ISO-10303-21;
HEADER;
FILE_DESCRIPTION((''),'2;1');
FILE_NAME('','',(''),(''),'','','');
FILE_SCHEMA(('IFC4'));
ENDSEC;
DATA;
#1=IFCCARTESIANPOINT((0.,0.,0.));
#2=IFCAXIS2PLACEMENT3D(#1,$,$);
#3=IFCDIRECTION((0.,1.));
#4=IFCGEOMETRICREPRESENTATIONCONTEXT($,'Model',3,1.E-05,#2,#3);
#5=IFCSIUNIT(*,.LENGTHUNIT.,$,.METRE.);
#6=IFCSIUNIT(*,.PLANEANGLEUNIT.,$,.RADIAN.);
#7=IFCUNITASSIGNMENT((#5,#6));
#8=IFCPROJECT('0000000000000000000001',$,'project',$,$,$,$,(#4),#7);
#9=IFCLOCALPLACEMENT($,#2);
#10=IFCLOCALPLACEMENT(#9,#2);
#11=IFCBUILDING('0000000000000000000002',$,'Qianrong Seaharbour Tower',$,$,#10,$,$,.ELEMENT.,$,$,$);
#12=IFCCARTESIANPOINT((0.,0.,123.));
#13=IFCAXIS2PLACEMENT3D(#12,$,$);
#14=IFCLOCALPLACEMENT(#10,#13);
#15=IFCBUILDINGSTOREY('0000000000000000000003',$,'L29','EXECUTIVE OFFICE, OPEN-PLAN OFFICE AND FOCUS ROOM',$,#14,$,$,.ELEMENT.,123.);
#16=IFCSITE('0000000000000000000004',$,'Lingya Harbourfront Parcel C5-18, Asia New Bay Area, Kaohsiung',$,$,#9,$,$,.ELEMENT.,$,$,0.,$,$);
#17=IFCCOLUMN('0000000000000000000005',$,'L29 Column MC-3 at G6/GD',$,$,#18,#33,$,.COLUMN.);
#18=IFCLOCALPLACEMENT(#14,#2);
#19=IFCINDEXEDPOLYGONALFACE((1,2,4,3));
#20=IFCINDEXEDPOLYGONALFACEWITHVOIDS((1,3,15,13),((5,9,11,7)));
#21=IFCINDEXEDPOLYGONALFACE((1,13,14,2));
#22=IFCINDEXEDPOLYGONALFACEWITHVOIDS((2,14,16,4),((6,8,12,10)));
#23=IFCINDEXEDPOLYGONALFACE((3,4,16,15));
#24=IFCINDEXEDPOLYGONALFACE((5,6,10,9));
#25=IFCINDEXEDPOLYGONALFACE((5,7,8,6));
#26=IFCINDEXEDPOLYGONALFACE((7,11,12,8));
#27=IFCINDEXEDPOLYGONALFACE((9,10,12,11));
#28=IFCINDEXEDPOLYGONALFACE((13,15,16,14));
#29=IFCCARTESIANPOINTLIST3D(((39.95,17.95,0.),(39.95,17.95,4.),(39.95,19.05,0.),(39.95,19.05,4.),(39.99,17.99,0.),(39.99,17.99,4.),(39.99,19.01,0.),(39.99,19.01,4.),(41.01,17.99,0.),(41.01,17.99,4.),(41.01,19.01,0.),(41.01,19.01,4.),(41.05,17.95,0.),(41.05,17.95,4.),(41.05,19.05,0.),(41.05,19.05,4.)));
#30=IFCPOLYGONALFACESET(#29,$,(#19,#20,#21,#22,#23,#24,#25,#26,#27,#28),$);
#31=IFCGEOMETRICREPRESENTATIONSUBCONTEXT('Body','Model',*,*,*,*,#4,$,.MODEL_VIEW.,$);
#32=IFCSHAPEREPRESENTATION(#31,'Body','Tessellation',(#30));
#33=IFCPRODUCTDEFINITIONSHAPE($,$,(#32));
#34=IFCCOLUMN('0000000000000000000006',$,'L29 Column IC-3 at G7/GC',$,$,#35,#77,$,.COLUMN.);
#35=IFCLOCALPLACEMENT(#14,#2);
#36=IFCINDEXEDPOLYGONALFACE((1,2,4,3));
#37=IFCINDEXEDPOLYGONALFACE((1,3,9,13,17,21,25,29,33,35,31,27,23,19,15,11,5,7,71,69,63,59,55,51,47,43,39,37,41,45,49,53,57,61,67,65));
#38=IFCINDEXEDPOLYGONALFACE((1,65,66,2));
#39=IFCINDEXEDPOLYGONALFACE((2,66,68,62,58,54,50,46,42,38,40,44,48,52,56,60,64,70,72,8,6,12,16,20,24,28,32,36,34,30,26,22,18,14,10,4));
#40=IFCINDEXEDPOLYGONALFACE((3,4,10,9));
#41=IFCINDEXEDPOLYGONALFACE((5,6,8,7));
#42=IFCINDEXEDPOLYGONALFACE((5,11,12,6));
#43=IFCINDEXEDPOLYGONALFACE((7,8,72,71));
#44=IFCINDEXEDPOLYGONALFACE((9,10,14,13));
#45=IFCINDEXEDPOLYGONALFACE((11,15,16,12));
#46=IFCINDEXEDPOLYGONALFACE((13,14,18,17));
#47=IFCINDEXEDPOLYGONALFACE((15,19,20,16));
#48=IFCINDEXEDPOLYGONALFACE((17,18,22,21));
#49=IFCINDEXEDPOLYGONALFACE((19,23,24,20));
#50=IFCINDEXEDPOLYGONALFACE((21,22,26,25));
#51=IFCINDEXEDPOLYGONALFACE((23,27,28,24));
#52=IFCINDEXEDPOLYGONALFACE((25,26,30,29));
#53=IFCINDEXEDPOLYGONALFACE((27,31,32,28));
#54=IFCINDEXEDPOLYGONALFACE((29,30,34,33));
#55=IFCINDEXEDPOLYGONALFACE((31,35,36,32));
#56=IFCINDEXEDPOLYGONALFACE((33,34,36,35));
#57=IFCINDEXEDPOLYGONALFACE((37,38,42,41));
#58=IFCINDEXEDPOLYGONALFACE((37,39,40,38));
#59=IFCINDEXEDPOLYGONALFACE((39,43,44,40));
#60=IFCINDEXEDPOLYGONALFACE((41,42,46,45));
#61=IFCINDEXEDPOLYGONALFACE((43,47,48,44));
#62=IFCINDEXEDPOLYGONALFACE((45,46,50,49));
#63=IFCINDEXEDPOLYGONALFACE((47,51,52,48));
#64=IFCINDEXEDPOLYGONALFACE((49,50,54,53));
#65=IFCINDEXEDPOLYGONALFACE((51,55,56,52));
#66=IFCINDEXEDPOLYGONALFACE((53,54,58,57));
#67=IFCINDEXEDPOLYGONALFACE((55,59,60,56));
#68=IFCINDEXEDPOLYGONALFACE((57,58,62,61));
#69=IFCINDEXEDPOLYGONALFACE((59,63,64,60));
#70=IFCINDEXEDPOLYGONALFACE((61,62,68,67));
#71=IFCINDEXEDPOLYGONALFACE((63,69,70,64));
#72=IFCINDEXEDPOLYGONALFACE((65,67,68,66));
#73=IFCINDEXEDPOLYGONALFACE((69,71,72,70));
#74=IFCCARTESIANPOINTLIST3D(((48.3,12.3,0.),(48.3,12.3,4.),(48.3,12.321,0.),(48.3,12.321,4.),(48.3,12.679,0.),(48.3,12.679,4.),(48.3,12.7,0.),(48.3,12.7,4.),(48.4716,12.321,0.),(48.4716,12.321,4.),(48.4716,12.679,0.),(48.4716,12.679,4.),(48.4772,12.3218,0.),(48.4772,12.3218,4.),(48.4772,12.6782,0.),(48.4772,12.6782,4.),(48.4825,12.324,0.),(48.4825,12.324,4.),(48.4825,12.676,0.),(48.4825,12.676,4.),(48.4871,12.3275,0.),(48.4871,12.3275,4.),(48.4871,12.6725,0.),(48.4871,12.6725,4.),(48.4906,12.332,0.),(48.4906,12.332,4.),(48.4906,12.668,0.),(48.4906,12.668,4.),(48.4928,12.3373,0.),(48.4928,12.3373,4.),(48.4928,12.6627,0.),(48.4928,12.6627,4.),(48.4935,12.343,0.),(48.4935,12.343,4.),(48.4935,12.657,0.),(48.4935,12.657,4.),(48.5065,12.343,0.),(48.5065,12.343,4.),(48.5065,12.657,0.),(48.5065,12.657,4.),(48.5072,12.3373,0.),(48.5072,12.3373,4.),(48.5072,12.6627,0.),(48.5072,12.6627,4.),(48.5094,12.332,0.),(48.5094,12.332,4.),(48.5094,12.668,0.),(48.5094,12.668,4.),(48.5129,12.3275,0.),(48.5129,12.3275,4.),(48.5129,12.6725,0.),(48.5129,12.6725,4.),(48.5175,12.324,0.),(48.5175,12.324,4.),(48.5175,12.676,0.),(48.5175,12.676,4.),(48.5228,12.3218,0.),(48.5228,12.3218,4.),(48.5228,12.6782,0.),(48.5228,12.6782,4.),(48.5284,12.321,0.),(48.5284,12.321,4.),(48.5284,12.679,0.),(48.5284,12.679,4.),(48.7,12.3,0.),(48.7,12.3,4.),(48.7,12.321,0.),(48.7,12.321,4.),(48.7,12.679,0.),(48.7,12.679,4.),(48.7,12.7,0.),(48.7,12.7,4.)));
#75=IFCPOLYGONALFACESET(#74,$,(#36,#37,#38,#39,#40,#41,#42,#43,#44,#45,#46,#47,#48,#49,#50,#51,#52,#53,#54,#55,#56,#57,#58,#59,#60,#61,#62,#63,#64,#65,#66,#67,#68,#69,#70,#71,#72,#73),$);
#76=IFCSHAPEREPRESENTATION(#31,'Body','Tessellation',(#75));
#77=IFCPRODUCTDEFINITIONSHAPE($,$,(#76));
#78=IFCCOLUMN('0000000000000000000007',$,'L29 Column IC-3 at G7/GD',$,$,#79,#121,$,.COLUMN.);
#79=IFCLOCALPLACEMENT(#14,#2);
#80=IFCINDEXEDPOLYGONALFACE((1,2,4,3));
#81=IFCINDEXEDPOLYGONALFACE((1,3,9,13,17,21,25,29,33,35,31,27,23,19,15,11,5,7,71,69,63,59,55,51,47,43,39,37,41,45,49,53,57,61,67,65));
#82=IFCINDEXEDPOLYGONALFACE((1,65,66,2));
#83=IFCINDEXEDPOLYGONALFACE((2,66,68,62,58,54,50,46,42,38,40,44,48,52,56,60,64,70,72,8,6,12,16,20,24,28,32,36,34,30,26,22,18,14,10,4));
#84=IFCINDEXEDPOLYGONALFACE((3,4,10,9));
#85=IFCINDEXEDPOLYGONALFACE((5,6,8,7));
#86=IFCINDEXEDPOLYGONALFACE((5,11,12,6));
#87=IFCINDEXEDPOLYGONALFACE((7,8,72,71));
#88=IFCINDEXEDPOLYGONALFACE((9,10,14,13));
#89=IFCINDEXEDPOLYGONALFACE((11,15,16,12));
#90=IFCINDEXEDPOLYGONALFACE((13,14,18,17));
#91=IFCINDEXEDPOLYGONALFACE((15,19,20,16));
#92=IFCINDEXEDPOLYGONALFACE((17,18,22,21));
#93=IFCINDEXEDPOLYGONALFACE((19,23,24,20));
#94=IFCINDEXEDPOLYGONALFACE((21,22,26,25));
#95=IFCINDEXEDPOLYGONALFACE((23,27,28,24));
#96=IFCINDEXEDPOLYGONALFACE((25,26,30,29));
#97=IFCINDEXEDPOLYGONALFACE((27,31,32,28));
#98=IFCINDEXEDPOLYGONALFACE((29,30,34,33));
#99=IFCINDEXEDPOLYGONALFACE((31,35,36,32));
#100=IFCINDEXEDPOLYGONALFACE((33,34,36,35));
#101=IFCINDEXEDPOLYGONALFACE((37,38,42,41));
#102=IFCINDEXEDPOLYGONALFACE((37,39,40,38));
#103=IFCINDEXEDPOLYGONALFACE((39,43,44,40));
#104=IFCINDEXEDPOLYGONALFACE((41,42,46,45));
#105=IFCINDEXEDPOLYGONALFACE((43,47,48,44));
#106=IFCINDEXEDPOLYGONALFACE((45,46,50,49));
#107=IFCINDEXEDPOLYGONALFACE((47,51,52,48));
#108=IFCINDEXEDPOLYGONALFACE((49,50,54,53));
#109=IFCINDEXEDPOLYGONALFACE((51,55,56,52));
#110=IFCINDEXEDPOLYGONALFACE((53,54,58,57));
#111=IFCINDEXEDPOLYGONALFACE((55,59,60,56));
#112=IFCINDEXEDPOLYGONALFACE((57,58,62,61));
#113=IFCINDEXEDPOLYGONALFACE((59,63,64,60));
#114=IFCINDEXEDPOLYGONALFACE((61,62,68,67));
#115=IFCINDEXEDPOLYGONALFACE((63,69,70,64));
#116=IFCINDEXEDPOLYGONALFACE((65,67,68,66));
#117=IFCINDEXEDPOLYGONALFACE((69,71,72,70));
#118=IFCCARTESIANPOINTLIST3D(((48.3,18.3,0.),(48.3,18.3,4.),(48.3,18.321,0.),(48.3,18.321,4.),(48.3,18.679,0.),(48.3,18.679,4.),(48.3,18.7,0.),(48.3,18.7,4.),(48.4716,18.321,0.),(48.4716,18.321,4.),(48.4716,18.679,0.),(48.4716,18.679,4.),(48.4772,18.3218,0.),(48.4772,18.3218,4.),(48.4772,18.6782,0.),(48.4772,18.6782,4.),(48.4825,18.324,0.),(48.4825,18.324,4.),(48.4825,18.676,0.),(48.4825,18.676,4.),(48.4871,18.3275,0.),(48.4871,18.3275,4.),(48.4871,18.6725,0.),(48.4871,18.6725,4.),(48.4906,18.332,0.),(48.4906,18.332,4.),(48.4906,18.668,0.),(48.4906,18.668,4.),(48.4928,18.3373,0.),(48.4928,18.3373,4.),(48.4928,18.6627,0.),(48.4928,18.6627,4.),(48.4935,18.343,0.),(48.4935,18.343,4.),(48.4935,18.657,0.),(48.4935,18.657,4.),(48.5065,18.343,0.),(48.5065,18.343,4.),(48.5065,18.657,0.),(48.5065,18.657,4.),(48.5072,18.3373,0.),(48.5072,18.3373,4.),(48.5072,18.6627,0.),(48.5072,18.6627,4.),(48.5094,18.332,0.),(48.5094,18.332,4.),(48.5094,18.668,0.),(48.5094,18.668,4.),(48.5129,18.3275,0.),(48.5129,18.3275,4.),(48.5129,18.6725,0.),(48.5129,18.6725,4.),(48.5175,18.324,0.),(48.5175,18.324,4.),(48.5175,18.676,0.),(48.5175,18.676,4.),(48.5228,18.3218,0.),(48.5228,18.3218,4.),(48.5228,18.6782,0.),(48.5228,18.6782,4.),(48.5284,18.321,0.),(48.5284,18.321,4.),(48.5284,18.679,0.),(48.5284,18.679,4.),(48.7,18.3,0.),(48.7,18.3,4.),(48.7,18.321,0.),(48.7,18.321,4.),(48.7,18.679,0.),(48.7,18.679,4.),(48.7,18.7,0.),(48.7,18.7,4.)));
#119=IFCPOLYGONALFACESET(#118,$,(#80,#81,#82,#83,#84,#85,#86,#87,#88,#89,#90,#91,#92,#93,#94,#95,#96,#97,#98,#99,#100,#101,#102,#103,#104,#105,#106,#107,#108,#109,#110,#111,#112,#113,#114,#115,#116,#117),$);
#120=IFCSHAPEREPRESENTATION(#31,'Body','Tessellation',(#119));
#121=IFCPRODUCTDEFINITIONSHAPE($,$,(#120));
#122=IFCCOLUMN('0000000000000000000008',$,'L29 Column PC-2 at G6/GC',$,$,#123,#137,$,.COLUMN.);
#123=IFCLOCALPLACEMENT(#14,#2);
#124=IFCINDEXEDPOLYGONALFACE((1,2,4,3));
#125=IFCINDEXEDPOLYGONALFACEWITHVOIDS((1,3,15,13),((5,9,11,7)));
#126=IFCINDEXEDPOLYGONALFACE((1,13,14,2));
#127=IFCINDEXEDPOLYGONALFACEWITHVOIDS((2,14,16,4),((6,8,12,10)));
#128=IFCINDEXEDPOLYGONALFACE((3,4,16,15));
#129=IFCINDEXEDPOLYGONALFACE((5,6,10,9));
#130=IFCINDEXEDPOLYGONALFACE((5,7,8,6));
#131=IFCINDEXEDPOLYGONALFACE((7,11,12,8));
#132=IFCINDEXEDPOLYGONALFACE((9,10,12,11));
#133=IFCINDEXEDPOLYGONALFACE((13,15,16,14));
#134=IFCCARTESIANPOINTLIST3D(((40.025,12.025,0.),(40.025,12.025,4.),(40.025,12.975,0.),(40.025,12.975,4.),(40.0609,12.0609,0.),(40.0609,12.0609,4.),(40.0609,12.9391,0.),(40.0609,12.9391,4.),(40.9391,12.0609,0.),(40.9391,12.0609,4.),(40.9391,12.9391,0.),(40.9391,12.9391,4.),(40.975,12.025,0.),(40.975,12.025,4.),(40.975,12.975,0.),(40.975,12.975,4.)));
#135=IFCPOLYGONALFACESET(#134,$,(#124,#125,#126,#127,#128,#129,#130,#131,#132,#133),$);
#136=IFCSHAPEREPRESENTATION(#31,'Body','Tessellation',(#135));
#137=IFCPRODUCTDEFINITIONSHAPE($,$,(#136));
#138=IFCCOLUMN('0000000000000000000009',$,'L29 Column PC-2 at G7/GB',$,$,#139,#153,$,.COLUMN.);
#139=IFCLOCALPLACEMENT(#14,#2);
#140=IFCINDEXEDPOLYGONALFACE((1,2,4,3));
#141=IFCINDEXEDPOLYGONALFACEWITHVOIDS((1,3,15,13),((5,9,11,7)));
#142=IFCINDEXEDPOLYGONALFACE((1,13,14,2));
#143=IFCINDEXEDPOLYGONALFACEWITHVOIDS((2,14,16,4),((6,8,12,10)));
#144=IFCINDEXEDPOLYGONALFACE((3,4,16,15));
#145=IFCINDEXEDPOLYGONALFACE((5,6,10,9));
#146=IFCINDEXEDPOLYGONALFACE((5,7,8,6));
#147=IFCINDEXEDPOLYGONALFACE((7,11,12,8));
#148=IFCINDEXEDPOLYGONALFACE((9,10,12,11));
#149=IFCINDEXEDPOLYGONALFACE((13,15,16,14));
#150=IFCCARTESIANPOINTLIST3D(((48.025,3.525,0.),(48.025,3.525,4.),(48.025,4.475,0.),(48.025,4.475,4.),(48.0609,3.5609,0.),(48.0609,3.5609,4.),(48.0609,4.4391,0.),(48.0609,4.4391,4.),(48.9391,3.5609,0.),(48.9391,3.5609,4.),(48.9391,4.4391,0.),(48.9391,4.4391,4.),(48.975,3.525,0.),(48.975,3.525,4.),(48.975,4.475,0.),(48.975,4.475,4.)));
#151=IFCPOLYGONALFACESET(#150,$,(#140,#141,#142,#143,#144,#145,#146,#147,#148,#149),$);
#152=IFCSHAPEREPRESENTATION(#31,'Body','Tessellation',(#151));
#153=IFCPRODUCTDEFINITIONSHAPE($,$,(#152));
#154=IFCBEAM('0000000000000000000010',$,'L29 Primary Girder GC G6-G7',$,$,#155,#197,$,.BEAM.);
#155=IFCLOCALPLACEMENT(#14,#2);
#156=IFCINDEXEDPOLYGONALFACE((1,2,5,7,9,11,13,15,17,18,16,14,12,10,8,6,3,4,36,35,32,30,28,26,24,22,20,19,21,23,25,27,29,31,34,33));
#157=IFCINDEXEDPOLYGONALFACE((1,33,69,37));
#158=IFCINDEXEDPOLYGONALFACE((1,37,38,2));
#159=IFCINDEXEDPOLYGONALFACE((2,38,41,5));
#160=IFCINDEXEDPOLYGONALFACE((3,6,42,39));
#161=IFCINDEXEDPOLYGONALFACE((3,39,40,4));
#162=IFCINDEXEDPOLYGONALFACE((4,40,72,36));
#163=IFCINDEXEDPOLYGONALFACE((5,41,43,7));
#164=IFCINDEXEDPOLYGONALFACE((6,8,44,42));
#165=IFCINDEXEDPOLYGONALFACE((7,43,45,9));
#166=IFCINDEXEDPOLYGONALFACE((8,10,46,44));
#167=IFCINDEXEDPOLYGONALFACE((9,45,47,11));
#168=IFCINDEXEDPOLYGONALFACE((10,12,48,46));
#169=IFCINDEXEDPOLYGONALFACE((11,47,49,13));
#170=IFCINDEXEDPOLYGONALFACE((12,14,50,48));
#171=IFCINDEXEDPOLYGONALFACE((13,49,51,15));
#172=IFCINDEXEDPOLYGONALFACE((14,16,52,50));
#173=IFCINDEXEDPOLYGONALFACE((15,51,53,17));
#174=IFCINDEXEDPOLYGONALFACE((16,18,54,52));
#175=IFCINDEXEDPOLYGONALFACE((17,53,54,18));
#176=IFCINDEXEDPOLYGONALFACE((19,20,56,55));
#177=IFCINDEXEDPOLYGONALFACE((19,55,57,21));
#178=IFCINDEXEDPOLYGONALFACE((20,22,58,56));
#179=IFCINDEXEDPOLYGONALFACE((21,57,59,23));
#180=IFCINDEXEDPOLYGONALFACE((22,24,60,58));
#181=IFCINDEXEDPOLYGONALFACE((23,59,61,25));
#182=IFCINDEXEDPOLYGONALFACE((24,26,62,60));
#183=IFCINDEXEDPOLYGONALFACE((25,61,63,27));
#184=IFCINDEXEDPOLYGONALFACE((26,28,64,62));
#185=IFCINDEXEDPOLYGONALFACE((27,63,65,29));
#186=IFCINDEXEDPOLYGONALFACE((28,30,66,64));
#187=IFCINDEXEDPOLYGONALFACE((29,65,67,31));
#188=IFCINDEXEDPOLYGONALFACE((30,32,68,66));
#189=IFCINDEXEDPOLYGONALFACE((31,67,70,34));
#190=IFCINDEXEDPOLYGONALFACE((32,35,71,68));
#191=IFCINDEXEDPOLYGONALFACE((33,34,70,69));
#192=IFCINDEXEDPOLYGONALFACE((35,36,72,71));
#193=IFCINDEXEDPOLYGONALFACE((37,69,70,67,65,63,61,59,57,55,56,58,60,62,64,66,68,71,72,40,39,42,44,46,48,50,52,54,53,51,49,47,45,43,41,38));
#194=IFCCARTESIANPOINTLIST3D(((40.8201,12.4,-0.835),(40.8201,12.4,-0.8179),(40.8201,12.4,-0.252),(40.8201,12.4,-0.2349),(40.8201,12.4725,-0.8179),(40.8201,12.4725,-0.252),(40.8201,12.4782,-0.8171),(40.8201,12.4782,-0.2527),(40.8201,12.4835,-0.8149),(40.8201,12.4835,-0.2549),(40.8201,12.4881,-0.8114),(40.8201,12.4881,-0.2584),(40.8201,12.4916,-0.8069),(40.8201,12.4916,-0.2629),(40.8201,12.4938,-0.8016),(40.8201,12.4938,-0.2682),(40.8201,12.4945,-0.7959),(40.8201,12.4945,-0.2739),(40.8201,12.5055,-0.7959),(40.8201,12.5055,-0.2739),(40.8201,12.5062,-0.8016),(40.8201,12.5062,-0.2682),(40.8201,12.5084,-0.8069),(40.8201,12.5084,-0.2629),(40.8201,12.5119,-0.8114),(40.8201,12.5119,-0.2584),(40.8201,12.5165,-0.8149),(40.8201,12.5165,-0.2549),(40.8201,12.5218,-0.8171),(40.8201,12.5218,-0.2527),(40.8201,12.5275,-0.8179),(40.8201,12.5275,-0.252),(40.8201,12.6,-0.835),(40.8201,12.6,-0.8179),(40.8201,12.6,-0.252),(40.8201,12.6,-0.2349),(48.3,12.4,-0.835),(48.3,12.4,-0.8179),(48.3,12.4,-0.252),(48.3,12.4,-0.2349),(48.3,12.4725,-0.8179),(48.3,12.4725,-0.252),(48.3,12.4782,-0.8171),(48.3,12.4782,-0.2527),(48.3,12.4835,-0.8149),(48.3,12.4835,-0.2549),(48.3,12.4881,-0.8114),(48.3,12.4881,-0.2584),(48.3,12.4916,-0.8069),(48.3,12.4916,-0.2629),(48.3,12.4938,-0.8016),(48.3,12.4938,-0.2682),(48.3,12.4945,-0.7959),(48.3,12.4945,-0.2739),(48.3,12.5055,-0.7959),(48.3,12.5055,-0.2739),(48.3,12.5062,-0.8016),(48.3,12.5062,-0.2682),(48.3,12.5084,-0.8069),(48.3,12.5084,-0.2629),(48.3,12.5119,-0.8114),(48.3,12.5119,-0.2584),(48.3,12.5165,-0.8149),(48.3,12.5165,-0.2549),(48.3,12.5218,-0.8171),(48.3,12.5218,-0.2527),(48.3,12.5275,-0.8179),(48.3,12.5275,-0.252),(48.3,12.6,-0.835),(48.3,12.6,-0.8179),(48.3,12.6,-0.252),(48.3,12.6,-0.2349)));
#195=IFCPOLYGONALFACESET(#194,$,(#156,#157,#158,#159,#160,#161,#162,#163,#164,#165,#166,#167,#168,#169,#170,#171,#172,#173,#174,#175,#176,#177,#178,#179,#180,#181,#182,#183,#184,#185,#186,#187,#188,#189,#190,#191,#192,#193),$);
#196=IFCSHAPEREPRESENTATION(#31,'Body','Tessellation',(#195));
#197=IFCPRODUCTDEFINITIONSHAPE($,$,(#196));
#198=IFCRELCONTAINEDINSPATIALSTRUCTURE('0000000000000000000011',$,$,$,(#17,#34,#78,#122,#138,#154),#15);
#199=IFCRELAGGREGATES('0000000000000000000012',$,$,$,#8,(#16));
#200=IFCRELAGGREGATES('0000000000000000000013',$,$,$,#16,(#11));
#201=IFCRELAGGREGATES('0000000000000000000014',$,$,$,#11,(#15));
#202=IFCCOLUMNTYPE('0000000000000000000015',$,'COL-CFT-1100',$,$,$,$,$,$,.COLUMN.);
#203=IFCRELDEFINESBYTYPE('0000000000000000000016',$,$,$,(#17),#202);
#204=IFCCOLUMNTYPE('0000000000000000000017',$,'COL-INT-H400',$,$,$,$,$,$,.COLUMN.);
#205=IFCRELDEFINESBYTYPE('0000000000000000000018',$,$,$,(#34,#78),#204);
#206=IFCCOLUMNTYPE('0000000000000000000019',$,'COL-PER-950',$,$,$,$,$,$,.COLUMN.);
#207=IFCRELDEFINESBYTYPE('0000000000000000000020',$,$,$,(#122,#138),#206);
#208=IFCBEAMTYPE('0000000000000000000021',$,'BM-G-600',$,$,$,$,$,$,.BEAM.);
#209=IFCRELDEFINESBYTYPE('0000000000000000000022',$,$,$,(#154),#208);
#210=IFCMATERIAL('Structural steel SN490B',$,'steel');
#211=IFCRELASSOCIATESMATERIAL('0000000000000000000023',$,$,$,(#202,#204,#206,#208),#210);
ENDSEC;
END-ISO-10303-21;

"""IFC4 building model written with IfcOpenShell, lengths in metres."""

from ifc_helpers import new_model, si_unit, direction, frame, origin, origin_2d, place, context, subcontext, project, spatial, hollow_rectangle, i_section, extrude, material, material_profile, profile_set, type_object, element, save


model = new_model("IFC4")

# Units and contexts
model_context = context("Model", 3, precision=1e-05, world=origin(), true_north=direction((0.0, 1.0)))
body_context = subcontext(model_context, "Body", "Model", "MODEL_VIEW")
ifc_project = project(units=[si_unit("LENGTHUNIT", "METRE"), si_unit("PLANEANGLEUNIT", "RADIAN")], contexts=[model_context])

# Site, building, storey
site_placement = place(None, origin())
site = spatial("IfcSite", under=ifc_project, at=site_placement, Name="Lingya Harbourfront Parcel C5-18, Asia New Bay Area, Kaohsiung", CompositionType="ELEMENT", RefElevation=0.0)
building_placement = place(site_placement, origin())
building = spatial("IfcBuilding", under=site, at=building_placement, Name="Qianrong Seaharbour Tower", CompositionType="ELEMENT")
storey_placement = place(building_placement, frame((0.0, 0.0, 123.0)))
storey = spatial("IfcBuildingStorey", under=building, at=storey_placement, Name="L29", Description="EXECUTIVE OFFICE, OPEN-PLAN OFFICE AND FOCUS ROOM", CompositionType="ELEMENT", Elevation=123.0)

# Columns
ifc_material_1 = material(Name="Structural steel SN490B", Category="steel")
ifc_material_profile_1 = material_profile(ifc_material_1, hollow_rectangle(XDim=1.1001, YDim=1.1001, WallThickness=0.04, at=origin_2d()), Name="BOX1100x1100x40")
ifc_profile_set_1 = profile_set([ifc_material_profile_1], Name="Structural steel SN490B")
column_type_1 = type_object("IfcColumnType", Name="COL-CFT-1100", PredefinedType="COLUMN", material=ifc_profile_set_1)
column_placement = place(storey_placement, frame((40.5, 18.5, 0.0), z_axis=(0.0, 0.0, 1.0), x_axis=(1.0, 0.0, 0.0)))
element("IfcColumn", 1, at=column_placement, inside=storey, type_object=column_type_1, Name="L29 Column MC-3 at G6/GD", PredefinedType="COLUMN", context=body_context, shape_type="SweptSolid", body=[
    extrude(hollow_rectangle(XDim=1.1001, YDim=1.1001, WallThickness=0.04, at=origin_2d()), origin(), (0.0, 0.0, 1.0), 4.0),
])
ifc_material_profile_2 = material_profile(ifc_material_1, i_section(OverallWidth=0.3999, OverallDepth=0.3999, WebThickness=0.0129, FlangeThickness=0.021, FilletRadius=0.022, at=origin_2d()), Name="H400x400x13x21")
ifc_profile_set_2 = profile_set([ifc_material_profile_2], Name="Structural steel SN490B")
column_type_2 = type_object("IfcColumnType", Name="COL-INT-H400", PredefinedType="COLUMN", material=ifc_profile_set_2)
for number, where, z_axis, x_axis, name in (
    (2, (48.5, 12.5, 0.0), (0.0, 0.0, 1.0), (1.0, 0.0, 0.0), "L29 Column IC-3 at G7/GC"),
    (3, (48.5, 18.5, 0.0), (0.0, 0.0, 1.0), (1.0, 0.0, 0.0), "L29 Column IC-3 at G7/GD"),
):
    element("IfcColumn", number, at=place(storey_placement, frame(where, z_axis=z_axis, x_axis=x_axis)), inside=storey, type_object=column_type_2, Name=name, PredefinedType="COLUMN", context=body_context, shape_type="SweptSolid", body=[
        extrude(i_section(OverallWidth=0.3999, OverallDepth=0.3999, WebThickness=0.0129, FlangeThickness=0.021, FilletRadius=0.022, at=origin_2d()), origin(), (0.0, 0.0, 1.0), 4.0),
    ])
ifc_material_profile_3 = material_profile(ifc_material_1, hollow_rectangle(XDim=0.95, YDim=0.95, WallThickness=0.0359, at=origin_2d()), Name="BOX950x950x36")
ifc_profile_set_3 = profile_set([ifc_material_profile_3], Name="Structural steel SN490B")
column_type_3 = type_object("IfcColumnType", Name="COL-PER-950", PredefinedType="COLUMN", material=ifc_profile_set_3)
for number, where, z_axis, x_axis, name in (
    (4, (40.5, 12.5, 0.0), (0.0, 0.0, 1.0), (1.0, 0.0, 0.0), "L29 Column PC-2 at G6/GC"),
    (5, (48.5, 4.0, 0.0), (0.0, 0.0, 1.0), (1.0, 0.0, 0.0), "L29 Column PC-2 at G7/GB"),
):
    element("IfcColumn", number, at=place(storey_placement, frame(where, z_axis=z_axis, x_axis=x_axis)), inside=storey, type_object=column_type_3, Name=name, PredefinedType="COLUMN", context=body_context, shape_type="SweptSolid", body=[
        extrude(hollow_rectangle(XDim=0.95, YDim=0.95, WallThickness=0.0359, at=origin_2d()), origin(), (0.0, 0.0, 1.0), 4.0),
    ])

# Beam
ifc_material_profile_4 = material_profile(ifc_material_1, i_section(OverallWidth=0.2, OverallDepth=0.6001, WebThickness=0.011, FlangeThickness=0.0171, FilletRadius=0.022, at=origin_2d()), Name="H600x200x11x17")
ifc_profile_set_4 = profile_set([ifc_material_profile_4], Name="Structural steel SN490B")
beam_type_1 = type_object("IfcBeamType", Name="BM-G-600", PredefinedType="BEAM", material=ifc_profile_set_4)
for number, where, z_axis, x_axis, name in (
    (6, (40.8201, 12.5, -0.5349), (1.0, 0.0, 0.0), (0.0, 1.0, 0.0), "L29 Primary Girder GC G6-G7"),
):
    element("IfcBeam", number, at=place(storey_placement, frame(where, z_axis=z_axis, x_axis=x_axis)), inside=storey, type_object=beam_type_1, Name=name, PredefinedType="BEAM", context=body_context, shape_type="SweptSolid", body=[
        extrude(i_section(OverallWidth=0.2, OverallDepth=0.6001, WebThickness=0.011, FlangeThickness=0.0171, FilletRadius=0.022, at=origin_2d()), origin(), (0.0, 0.0, 1.0), 7.48),
    ])

save(model, "model.ifc")
